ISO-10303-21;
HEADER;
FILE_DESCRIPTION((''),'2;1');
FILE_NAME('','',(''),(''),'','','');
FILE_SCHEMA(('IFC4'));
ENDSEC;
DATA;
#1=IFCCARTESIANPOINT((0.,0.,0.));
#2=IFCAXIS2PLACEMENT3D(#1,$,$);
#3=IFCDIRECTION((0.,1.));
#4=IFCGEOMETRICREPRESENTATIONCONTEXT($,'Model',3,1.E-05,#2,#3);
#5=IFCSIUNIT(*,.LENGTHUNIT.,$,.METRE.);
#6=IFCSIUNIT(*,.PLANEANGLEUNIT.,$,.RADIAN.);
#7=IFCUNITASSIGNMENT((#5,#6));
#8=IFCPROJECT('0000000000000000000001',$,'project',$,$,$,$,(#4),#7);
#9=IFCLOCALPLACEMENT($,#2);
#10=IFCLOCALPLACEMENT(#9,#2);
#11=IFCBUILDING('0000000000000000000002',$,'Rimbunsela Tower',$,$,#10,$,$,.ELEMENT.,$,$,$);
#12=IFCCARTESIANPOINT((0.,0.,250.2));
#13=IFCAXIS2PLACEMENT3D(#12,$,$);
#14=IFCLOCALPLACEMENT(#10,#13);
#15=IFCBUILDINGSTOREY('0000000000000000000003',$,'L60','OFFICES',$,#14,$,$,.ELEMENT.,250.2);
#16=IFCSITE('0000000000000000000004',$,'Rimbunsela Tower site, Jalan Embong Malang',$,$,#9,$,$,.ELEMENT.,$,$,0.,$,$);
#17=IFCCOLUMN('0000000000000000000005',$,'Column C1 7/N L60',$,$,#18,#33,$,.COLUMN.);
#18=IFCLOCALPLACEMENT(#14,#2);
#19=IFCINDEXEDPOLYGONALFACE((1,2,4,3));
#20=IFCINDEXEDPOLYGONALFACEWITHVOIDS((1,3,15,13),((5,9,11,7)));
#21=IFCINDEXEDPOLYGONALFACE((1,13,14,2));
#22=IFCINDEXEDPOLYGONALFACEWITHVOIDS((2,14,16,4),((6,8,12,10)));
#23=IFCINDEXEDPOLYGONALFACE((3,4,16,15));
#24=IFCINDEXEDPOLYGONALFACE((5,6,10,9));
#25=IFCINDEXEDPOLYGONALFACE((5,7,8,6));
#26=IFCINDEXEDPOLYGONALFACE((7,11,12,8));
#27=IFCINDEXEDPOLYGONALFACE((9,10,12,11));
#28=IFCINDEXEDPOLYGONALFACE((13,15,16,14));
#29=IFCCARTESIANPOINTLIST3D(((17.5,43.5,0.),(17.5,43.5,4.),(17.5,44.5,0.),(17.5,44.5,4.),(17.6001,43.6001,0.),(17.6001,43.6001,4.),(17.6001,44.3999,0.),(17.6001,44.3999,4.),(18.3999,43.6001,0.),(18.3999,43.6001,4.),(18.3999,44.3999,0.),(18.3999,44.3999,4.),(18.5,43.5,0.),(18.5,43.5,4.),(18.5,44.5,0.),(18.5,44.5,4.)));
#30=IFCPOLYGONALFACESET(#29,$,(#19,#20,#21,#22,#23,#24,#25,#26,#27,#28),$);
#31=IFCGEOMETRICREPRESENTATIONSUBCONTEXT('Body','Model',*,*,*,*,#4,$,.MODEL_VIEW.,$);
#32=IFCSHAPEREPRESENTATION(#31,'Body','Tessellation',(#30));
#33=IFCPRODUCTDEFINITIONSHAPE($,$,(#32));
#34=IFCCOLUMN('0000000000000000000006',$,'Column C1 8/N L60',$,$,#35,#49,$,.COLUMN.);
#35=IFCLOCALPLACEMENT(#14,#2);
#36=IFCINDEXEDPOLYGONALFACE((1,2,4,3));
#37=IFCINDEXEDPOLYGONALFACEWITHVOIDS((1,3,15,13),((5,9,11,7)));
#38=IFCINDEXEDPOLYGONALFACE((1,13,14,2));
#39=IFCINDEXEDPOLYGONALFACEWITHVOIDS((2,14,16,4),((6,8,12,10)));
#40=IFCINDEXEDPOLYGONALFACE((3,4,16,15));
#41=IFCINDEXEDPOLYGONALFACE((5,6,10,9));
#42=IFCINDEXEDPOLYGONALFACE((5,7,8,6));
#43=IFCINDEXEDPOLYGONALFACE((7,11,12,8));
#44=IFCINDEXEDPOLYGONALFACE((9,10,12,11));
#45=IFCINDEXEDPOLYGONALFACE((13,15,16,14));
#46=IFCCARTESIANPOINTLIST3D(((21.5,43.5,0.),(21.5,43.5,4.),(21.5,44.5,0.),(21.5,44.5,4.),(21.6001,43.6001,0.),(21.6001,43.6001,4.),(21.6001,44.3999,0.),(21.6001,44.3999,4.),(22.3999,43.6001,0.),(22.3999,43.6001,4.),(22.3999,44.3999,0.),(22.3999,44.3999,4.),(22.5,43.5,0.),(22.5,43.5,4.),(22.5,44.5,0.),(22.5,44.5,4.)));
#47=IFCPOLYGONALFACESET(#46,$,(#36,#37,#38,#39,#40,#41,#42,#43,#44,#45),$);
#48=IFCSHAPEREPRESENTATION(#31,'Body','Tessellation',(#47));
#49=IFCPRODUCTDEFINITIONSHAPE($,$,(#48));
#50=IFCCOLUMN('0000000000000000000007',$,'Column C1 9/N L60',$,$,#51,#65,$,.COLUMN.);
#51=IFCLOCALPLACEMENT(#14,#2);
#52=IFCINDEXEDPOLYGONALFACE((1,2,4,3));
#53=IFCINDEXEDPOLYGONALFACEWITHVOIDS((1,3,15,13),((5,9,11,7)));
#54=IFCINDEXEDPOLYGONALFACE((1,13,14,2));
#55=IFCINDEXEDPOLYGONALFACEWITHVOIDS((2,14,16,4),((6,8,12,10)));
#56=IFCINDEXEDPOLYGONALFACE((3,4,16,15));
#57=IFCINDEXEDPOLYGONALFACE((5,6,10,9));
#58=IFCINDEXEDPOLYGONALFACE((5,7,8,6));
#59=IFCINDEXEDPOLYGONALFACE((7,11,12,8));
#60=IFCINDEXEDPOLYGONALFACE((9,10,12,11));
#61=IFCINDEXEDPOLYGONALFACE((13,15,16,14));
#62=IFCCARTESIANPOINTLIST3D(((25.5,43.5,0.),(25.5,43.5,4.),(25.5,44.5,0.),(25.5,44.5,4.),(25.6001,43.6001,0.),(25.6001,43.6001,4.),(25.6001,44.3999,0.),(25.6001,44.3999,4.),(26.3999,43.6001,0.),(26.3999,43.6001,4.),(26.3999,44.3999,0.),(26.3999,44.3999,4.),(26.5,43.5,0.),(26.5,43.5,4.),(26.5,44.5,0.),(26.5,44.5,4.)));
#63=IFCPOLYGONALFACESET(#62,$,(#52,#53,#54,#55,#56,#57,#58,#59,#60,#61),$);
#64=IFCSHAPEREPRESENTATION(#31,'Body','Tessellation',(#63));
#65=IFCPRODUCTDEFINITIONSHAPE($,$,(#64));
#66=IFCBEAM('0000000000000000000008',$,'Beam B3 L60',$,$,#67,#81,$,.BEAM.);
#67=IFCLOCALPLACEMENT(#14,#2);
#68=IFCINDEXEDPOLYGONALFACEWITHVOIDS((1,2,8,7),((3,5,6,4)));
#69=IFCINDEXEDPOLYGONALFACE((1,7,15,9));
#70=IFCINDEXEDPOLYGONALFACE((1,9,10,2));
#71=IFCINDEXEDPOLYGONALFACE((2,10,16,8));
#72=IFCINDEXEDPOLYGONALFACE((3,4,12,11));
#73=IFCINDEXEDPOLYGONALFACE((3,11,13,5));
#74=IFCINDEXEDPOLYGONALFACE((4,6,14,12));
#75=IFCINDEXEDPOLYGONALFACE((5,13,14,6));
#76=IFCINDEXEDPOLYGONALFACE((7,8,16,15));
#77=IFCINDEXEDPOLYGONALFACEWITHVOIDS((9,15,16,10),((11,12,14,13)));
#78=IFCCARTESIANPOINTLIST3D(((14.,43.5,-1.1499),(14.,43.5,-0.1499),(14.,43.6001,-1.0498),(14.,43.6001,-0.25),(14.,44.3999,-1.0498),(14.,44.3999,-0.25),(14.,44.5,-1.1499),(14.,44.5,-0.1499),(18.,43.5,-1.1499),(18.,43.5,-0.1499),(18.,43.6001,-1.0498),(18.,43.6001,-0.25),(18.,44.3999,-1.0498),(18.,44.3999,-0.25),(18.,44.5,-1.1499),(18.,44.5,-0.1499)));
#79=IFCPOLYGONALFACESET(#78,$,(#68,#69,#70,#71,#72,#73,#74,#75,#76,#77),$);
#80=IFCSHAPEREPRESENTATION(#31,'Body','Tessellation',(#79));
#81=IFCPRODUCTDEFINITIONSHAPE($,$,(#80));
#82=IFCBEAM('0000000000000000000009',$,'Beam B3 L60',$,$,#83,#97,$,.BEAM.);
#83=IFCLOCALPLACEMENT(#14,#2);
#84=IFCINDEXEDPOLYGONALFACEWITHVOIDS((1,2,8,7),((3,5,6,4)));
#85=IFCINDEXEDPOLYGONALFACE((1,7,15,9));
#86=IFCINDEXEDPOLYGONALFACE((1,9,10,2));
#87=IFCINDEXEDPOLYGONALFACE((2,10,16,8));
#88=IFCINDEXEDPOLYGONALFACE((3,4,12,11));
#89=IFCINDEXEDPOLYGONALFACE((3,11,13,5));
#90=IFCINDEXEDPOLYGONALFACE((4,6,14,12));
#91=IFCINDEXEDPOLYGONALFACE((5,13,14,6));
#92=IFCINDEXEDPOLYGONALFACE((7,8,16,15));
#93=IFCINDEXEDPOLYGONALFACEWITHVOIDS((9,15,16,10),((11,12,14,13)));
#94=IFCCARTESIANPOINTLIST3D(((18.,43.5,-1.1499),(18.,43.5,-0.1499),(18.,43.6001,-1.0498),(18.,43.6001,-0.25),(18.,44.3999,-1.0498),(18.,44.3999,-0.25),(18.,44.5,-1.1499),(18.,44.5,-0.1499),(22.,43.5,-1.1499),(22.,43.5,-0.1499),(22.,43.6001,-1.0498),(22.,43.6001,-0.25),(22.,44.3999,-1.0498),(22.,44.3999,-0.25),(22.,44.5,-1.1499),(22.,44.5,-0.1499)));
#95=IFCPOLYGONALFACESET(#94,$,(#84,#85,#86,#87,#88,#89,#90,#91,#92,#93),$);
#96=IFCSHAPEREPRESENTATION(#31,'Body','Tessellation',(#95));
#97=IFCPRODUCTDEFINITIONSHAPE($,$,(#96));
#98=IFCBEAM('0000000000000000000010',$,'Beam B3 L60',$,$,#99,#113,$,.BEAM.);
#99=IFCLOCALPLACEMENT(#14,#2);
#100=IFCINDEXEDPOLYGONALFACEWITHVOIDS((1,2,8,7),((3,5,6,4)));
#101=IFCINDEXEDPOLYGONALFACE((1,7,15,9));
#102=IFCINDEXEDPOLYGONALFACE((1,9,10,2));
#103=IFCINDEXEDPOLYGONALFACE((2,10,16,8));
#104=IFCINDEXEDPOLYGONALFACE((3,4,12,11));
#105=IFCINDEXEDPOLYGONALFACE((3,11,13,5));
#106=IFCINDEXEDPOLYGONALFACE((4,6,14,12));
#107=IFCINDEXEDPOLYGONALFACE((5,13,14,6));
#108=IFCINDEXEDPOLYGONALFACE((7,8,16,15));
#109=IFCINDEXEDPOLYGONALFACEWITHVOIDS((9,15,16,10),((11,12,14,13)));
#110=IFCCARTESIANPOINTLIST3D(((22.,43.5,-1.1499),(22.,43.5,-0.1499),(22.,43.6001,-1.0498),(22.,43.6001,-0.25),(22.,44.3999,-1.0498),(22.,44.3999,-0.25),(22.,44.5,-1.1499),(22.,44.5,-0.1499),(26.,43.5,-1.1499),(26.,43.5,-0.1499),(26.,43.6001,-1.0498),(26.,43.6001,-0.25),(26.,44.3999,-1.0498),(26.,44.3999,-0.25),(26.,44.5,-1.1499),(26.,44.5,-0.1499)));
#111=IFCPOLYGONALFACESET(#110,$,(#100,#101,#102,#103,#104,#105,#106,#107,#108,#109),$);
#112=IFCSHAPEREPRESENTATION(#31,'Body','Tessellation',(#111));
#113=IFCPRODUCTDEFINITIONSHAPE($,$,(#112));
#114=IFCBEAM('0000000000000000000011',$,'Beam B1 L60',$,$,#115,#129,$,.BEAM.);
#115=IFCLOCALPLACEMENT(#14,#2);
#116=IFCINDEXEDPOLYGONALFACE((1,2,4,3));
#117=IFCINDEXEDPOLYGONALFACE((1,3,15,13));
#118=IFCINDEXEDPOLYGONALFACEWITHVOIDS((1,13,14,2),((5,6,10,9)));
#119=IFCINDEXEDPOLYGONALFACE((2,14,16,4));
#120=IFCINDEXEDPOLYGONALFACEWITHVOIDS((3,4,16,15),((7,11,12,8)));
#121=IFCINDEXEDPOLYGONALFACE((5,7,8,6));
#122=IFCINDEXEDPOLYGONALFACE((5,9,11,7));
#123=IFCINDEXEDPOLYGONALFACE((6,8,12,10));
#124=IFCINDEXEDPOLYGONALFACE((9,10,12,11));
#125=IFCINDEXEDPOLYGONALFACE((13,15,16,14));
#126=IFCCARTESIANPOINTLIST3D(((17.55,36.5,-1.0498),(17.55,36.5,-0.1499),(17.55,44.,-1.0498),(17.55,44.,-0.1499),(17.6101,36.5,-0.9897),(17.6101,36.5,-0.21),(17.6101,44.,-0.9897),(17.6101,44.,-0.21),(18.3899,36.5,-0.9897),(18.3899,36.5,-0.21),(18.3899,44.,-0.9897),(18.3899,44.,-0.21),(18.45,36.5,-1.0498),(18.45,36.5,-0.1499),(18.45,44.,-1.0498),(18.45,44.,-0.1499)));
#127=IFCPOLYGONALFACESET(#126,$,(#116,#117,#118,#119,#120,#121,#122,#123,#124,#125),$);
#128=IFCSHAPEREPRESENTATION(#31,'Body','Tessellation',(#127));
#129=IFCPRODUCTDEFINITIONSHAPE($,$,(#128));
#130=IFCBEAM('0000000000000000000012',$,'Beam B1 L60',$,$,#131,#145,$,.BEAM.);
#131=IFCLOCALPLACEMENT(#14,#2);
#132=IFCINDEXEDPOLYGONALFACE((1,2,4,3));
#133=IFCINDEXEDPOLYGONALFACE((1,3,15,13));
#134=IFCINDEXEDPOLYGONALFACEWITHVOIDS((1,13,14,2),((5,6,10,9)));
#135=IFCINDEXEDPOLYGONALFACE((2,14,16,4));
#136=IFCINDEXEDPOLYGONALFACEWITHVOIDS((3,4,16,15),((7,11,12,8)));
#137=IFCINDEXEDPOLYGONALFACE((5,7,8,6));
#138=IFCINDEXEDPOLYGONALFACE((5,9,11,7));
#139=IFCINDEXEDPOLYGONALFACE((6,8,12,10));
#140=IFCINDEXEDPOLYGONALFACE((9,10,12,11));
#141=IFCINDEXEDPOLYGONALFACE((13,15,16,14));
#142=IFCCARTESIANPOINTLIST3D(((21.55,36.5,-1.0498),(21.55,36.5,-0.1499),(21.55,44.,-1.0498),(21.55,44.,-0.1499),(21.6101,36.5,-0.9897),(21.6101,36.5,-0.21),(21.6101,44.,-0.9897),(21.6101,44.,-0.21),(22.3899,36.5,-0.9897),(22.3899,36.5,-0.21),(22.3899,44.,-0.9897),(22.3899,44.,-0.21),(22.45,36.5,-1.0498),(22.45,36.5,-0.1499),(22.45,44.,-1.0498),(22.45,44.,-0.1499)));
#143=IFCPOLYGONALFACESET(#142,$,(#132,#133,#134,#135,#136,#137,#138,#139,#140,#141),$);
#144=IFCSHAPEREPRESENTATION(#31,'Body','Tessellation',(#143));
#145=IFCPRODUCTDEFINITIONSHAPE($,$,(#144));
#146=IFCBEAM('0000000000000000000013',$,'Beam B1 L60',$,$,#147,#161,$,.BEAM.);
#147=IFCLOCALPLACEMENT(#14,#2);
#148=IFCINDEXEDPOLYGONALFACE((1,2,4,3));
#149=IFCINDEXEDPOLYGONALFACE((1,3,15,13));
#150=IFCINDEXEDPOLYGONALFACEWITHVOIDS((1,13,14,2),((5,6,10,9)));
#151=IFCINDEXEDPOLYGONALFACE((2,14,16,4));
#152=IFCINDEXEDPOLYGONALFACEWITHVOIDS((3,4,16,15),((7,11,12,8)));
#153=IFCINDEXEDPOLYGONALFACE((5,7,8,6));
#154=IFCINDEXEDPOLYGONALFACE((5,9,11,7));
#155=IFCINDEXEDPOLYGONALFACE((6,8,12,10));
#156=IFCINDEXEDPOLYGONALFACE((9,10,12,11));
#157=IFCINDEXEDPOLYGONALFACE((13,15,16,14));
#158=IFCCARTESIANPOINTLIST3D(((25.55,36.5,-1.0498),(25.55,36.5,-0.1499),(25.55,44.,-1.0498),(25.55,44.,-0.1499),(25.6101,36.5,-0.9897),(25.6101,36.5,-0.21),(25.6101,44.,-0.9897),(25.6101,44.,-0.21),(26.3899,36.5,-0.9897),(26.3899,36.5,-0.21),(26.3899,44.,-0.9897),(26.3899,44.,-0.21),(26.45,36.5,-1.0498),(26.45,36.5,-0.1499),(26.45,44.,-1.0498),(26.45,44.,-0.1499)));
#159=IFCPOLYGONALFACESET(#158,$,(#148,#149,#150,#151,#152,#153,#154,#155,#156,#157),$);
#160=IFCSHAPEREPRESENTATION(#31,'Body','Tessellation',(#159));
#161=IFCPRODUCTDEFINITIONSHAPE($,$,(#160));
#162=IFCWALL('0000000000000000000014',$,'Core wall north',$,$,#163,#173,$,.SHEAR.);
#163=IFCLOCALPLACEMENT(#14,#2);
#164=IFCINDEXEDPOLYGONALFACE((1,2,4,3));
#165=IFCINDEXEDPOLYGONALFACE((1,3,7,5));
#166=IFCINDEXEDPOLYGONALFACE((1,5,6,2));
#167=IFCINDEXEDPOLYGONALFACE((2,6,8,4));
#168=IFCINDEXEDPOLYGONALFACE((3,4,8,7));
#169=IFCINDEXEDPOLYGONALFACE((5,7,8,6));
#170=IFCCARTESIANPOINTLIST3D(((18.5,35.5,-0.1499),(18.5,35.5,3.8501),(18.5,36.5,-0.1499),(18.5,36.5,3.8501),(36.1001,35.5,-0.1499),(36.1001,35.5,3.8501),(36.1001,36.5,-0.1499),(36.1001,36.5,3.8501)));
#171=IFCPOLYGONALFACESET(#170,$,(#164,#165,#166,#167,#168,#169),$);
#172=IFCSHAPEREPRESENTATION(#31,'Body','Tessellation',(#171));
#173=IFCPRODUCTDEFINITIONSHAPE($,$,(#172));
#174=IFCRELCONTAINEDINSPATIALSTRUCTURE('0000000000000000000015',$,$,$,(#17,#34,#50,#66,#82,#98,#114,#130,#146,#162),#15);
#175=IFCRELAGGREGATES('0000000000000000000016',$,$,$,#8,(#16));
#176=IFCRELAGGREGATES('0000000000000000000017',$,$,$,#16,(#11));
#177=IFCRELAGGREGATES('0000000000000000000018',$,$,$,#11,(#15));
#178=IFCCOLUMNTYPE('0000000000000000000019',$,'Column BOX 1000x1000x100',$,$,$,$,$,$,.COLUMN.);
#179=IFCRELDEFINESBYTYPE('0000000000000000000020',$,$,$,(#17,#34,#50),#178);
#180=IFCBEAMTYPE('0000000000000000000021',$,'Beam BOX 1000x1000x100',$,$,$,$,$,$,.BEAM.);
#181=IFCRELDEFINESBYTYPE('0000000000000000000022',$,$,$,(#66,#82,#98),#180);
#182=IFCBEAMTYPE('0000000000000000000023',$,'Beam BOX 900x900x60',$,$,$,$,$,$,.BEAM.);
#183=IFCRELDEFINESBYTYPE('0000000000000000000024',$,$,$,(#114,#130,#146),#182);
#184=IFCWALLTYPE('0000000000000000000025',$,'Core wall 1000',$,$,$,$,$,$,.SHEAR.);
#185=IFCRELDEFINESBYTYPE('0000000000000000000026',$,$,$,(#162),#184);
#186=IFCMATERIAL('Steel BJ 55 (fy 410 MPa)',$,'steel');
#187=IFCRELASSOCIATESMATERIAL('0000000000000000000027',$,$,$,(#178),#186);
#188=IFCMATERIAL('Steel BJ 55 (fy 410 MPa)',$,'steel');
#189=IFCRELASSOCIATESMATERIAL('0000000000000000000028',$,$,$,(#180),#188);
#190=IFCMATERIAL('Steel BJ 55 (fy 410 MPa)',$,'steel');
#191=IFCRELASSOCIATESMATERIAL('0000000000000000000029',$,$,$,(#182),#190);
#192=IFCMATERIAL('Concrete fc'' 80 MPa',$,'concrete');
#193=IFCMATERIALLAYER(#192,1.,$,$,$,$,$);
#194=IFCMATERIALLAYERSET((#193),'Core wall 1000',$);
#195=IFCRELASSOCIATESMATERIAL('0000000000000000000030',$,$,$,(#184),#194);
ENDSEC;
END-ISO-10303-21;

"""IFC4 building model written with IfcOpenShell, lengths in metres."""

from ifc_helpers import new_model, si_unit, direction, frame, frame_2d, origin, origin_2d, place, context, subcontext, project, spatial, rectangle, hollow_rectangle, extrude, material, layer, layer_set, material_profile, profile_set, type_object, element, save


model = new_model("IFC4")

# Units and contexts
model_context = context("Model", 3, precision=1e-05, world=origin(), true_north=direction((0.0, 1.0)))
body_context = subcontext(model_context, "Body", "Model", "MODEL_VIEW")
ifc_project = project(units=[si_unit("LENGTHUNIT", "METRE"), si_unit("PLANEANGLEUNIT", "RADIAN")], contexts=[model_context])

# Site, building, storey
site_placement = place(None, origin())
site = spatial("IfcSite", under=ifc_project, at=site_placement, Name="Rimbunsela Tower site, Jalan Embong Malang", CompositionType="ELEMENT", RefElevation=0.0)
building_placement = place(site_placement, origin())
building = spatial("IfcBuilding", under=site, at=building_placement, Name="Rimbunsela Tower", CompositionType="ELEMENT")
storey_placement = place(building_placement, frame((0.0, 0.0, 250.2)))
storey = spatial("IfcBuildingStorey", under=building, at=storey_placement, Name="L60", Description="OFFICES", CompositionType="ELEMENT", Elevation=250.2)

# Columns
ifc_material_1 = material(Name="Steel BJ 55 (fy 410 MPa)", Category="steel")
ifc_material_profile_1 = material_profile(ifc_material_1, hollow_rectangle(XDim=1.0, YDim=1.0, WallThickness=0.1001, at=origin_2d()), Name="BOX 1000x1000x100")
ifc_profile_set_1 = profile_set([ifc_material_profile_1], Name="Steel BJ 55 (fy 410 MPa)")
column_type = type_object("IfcColumnType", Name="Column BOX 1000x1000x100", PredefinedType="COLUMN", material=ifc_profile_set_1)
for number, where, z_axis, x_axis, name in (
    (1, (18.0, 44.0, 0.0), (0.0, 0.0, 1.0), (1.0, 0.0, 0.0), "Column C1 7/N L60"),
    (2, (22.0, 44.0, 0.0), (0.0, 0.0, 1.0), (1.0, 0.0, 0.0), "Column C1 8/N L60"),
    (3, (26.0, 44.0, 0.0), (0.0, 0.0, 1.0), (1.0, 0.0, 0.0), "Column C1 9/N L60"),
):
    element("IfcColumn", number, at=place(storey_placement, frame(where, z_axis=z_axis, x_axis=x_axis)), inside=storey, type_object=column_type, Name=name, PredefinedType="COLUMN", context=body_context, shape_type="SweptSolid", body=[
        extrude(hollow_rectangle(XDim=1.0, YDim=1.0, WallThickness=0.1001, at=origin_2d()), origin(), (0.0, 0.0, 1.0), 4.0),
    ])

# Beams
ifc_material_2 = material(Name="Steel BJ 55 (fy 410 MPa)", Category="steel")
ifc_material_profile_2 = material_profile(ifc_material_2, hollow_rectangle(XDim=1.0, YDim=1.0, WallThickness=0.1001, at=origin_2d()), Name="BOX 1000x1000x100")
ifc_profile_set_2 = profile_set([ifc_material_profile_2], Name="Steel BJ 55 (fy 410 MPa)")
beam_type_1 = type_object("IfcBeamType", Name="Beam BOX 1000x1000x100", PredefinedType="BEAM", material=ifc_profile_set_2)
for number, where, z_axis, x_axis, name in (
    (4, (14.0, 44.0, -0.6499), (1.0, 0.0, 0.0), (0.0, 1.0, 0.0), "Beam B3 L60"),
    (5, (18.0, 44.0, -0.6499), (1.0, 0.0, 0.0), (0.0, 1.0, 0.0), "Beam B3 L60"),
    (6, (22.0, 44.0, -0.6499), (1.0, 0.0, 0.0), (0.0, 1.0, 0.0), "Beam B3 L60"),
):
    element("IfcBeam", number, at=place(storey_placement, frame(where, z_axis=z_axis, x_axis=x_axis)), inside=storey, type_object=beam_type_1, Name=name, PredefinedType="BEAM", context=body_context, shape_type="SweptSolid", body=[
        extrude(hollow_rectangle(XDim=1.0, YDim=1.0, WallThickness=0.1001, at=origin_2d()), origin(), (0.0, 0.0, 1.0), 4.0),
    ])
ifc_material_3 = material(Name="Steel BJ 55 (fy 410 MPa)", Category="steel")
ifc_material_profile_3 = material_profile(ifc_material_3, hollow_rectangle(XDim=0.8999, YDim=0.8999, WallThickness=0.0601, at=origin_2d()), Name="BOX 900x900x60")
ifc_profile_set_3 = profile_set([ifc_material_profile_3], Name="Steel BJ 55 (fy 410 MPa)")
beam_type_2 = type_object("IfcBeamType", Name="Beam BOX 900x900x60", PredefinedType="BEAM", material=ifc_profile_set_3)
for number, where, z_axis, x_axis, name in (
    (7, (18.0, 36.5, -0.5999), (0.0, 1.0, 0.0), (-1.0, 0.0, 0.0), "Beam B1 L60"),
    (8, (22.0, 36.5, -0.5999), (0.0, 1.0, 0.0), (-1.0, 0.0, 0.0), "Beam B1 L60"),
    (9, (26.0, 36.5, -0.5999), (0.0, 1.0, 0.0), (-1.0, 0.0, 0.0), "Beam B1 L60"),
):
    element("IfcBeam", number, at=place(storey_placement, frame(where, z_axis=z_axis, x_axis=x_axis)), inside=storey, type_object=beam_type_2, Name=name, PredefinedType="BEAM", context=body_context, shape_type="SweptSolid", body=[
        extrude(hollow_rectangle(XDim=0.8999, YDim=0.8999, WallThickness=0.0601, at=origin_2d()), origin(), (0.0, 0.0, 1.0), 7.5),
    ])

# Wall
ifc_material_4 = material(Name="Concrete fc' 80 MPa", Category="concrete")
ifc_layer_1 = layer(ifc_material_4, 1.0)
ifc_layer_set_1 = layer_set([ifc_layer_1], Name="Core wall 1000")
wall_type_1 = type_object("IfcWallType", Name="Core wall 1000", PredefinedType="SHEAR", material=ifc_layer_set_1)
wall_1_placement = place(storey_placement, frame((18.5, 36.0, -0.1499), z_axis=(0.0, 0.0, 1.0), x_axis=(1.0, 0.0, 0.0)))
element("IfcWall", 10, at=wall_1_placement, inside=storey, type_object=wall_type_1, Name="Core wall north", PredefinedType="SHEAR", context=body_context, shape_type="SweptSolid", body=[
    extrude(rectangle(XDim=17.6001, YDim=1.0, at=frame_2d((8.8, 0.0))), origin(), (0.0, 0.0, 1.0), 4.0),
])

save(model, "model.ifc")
